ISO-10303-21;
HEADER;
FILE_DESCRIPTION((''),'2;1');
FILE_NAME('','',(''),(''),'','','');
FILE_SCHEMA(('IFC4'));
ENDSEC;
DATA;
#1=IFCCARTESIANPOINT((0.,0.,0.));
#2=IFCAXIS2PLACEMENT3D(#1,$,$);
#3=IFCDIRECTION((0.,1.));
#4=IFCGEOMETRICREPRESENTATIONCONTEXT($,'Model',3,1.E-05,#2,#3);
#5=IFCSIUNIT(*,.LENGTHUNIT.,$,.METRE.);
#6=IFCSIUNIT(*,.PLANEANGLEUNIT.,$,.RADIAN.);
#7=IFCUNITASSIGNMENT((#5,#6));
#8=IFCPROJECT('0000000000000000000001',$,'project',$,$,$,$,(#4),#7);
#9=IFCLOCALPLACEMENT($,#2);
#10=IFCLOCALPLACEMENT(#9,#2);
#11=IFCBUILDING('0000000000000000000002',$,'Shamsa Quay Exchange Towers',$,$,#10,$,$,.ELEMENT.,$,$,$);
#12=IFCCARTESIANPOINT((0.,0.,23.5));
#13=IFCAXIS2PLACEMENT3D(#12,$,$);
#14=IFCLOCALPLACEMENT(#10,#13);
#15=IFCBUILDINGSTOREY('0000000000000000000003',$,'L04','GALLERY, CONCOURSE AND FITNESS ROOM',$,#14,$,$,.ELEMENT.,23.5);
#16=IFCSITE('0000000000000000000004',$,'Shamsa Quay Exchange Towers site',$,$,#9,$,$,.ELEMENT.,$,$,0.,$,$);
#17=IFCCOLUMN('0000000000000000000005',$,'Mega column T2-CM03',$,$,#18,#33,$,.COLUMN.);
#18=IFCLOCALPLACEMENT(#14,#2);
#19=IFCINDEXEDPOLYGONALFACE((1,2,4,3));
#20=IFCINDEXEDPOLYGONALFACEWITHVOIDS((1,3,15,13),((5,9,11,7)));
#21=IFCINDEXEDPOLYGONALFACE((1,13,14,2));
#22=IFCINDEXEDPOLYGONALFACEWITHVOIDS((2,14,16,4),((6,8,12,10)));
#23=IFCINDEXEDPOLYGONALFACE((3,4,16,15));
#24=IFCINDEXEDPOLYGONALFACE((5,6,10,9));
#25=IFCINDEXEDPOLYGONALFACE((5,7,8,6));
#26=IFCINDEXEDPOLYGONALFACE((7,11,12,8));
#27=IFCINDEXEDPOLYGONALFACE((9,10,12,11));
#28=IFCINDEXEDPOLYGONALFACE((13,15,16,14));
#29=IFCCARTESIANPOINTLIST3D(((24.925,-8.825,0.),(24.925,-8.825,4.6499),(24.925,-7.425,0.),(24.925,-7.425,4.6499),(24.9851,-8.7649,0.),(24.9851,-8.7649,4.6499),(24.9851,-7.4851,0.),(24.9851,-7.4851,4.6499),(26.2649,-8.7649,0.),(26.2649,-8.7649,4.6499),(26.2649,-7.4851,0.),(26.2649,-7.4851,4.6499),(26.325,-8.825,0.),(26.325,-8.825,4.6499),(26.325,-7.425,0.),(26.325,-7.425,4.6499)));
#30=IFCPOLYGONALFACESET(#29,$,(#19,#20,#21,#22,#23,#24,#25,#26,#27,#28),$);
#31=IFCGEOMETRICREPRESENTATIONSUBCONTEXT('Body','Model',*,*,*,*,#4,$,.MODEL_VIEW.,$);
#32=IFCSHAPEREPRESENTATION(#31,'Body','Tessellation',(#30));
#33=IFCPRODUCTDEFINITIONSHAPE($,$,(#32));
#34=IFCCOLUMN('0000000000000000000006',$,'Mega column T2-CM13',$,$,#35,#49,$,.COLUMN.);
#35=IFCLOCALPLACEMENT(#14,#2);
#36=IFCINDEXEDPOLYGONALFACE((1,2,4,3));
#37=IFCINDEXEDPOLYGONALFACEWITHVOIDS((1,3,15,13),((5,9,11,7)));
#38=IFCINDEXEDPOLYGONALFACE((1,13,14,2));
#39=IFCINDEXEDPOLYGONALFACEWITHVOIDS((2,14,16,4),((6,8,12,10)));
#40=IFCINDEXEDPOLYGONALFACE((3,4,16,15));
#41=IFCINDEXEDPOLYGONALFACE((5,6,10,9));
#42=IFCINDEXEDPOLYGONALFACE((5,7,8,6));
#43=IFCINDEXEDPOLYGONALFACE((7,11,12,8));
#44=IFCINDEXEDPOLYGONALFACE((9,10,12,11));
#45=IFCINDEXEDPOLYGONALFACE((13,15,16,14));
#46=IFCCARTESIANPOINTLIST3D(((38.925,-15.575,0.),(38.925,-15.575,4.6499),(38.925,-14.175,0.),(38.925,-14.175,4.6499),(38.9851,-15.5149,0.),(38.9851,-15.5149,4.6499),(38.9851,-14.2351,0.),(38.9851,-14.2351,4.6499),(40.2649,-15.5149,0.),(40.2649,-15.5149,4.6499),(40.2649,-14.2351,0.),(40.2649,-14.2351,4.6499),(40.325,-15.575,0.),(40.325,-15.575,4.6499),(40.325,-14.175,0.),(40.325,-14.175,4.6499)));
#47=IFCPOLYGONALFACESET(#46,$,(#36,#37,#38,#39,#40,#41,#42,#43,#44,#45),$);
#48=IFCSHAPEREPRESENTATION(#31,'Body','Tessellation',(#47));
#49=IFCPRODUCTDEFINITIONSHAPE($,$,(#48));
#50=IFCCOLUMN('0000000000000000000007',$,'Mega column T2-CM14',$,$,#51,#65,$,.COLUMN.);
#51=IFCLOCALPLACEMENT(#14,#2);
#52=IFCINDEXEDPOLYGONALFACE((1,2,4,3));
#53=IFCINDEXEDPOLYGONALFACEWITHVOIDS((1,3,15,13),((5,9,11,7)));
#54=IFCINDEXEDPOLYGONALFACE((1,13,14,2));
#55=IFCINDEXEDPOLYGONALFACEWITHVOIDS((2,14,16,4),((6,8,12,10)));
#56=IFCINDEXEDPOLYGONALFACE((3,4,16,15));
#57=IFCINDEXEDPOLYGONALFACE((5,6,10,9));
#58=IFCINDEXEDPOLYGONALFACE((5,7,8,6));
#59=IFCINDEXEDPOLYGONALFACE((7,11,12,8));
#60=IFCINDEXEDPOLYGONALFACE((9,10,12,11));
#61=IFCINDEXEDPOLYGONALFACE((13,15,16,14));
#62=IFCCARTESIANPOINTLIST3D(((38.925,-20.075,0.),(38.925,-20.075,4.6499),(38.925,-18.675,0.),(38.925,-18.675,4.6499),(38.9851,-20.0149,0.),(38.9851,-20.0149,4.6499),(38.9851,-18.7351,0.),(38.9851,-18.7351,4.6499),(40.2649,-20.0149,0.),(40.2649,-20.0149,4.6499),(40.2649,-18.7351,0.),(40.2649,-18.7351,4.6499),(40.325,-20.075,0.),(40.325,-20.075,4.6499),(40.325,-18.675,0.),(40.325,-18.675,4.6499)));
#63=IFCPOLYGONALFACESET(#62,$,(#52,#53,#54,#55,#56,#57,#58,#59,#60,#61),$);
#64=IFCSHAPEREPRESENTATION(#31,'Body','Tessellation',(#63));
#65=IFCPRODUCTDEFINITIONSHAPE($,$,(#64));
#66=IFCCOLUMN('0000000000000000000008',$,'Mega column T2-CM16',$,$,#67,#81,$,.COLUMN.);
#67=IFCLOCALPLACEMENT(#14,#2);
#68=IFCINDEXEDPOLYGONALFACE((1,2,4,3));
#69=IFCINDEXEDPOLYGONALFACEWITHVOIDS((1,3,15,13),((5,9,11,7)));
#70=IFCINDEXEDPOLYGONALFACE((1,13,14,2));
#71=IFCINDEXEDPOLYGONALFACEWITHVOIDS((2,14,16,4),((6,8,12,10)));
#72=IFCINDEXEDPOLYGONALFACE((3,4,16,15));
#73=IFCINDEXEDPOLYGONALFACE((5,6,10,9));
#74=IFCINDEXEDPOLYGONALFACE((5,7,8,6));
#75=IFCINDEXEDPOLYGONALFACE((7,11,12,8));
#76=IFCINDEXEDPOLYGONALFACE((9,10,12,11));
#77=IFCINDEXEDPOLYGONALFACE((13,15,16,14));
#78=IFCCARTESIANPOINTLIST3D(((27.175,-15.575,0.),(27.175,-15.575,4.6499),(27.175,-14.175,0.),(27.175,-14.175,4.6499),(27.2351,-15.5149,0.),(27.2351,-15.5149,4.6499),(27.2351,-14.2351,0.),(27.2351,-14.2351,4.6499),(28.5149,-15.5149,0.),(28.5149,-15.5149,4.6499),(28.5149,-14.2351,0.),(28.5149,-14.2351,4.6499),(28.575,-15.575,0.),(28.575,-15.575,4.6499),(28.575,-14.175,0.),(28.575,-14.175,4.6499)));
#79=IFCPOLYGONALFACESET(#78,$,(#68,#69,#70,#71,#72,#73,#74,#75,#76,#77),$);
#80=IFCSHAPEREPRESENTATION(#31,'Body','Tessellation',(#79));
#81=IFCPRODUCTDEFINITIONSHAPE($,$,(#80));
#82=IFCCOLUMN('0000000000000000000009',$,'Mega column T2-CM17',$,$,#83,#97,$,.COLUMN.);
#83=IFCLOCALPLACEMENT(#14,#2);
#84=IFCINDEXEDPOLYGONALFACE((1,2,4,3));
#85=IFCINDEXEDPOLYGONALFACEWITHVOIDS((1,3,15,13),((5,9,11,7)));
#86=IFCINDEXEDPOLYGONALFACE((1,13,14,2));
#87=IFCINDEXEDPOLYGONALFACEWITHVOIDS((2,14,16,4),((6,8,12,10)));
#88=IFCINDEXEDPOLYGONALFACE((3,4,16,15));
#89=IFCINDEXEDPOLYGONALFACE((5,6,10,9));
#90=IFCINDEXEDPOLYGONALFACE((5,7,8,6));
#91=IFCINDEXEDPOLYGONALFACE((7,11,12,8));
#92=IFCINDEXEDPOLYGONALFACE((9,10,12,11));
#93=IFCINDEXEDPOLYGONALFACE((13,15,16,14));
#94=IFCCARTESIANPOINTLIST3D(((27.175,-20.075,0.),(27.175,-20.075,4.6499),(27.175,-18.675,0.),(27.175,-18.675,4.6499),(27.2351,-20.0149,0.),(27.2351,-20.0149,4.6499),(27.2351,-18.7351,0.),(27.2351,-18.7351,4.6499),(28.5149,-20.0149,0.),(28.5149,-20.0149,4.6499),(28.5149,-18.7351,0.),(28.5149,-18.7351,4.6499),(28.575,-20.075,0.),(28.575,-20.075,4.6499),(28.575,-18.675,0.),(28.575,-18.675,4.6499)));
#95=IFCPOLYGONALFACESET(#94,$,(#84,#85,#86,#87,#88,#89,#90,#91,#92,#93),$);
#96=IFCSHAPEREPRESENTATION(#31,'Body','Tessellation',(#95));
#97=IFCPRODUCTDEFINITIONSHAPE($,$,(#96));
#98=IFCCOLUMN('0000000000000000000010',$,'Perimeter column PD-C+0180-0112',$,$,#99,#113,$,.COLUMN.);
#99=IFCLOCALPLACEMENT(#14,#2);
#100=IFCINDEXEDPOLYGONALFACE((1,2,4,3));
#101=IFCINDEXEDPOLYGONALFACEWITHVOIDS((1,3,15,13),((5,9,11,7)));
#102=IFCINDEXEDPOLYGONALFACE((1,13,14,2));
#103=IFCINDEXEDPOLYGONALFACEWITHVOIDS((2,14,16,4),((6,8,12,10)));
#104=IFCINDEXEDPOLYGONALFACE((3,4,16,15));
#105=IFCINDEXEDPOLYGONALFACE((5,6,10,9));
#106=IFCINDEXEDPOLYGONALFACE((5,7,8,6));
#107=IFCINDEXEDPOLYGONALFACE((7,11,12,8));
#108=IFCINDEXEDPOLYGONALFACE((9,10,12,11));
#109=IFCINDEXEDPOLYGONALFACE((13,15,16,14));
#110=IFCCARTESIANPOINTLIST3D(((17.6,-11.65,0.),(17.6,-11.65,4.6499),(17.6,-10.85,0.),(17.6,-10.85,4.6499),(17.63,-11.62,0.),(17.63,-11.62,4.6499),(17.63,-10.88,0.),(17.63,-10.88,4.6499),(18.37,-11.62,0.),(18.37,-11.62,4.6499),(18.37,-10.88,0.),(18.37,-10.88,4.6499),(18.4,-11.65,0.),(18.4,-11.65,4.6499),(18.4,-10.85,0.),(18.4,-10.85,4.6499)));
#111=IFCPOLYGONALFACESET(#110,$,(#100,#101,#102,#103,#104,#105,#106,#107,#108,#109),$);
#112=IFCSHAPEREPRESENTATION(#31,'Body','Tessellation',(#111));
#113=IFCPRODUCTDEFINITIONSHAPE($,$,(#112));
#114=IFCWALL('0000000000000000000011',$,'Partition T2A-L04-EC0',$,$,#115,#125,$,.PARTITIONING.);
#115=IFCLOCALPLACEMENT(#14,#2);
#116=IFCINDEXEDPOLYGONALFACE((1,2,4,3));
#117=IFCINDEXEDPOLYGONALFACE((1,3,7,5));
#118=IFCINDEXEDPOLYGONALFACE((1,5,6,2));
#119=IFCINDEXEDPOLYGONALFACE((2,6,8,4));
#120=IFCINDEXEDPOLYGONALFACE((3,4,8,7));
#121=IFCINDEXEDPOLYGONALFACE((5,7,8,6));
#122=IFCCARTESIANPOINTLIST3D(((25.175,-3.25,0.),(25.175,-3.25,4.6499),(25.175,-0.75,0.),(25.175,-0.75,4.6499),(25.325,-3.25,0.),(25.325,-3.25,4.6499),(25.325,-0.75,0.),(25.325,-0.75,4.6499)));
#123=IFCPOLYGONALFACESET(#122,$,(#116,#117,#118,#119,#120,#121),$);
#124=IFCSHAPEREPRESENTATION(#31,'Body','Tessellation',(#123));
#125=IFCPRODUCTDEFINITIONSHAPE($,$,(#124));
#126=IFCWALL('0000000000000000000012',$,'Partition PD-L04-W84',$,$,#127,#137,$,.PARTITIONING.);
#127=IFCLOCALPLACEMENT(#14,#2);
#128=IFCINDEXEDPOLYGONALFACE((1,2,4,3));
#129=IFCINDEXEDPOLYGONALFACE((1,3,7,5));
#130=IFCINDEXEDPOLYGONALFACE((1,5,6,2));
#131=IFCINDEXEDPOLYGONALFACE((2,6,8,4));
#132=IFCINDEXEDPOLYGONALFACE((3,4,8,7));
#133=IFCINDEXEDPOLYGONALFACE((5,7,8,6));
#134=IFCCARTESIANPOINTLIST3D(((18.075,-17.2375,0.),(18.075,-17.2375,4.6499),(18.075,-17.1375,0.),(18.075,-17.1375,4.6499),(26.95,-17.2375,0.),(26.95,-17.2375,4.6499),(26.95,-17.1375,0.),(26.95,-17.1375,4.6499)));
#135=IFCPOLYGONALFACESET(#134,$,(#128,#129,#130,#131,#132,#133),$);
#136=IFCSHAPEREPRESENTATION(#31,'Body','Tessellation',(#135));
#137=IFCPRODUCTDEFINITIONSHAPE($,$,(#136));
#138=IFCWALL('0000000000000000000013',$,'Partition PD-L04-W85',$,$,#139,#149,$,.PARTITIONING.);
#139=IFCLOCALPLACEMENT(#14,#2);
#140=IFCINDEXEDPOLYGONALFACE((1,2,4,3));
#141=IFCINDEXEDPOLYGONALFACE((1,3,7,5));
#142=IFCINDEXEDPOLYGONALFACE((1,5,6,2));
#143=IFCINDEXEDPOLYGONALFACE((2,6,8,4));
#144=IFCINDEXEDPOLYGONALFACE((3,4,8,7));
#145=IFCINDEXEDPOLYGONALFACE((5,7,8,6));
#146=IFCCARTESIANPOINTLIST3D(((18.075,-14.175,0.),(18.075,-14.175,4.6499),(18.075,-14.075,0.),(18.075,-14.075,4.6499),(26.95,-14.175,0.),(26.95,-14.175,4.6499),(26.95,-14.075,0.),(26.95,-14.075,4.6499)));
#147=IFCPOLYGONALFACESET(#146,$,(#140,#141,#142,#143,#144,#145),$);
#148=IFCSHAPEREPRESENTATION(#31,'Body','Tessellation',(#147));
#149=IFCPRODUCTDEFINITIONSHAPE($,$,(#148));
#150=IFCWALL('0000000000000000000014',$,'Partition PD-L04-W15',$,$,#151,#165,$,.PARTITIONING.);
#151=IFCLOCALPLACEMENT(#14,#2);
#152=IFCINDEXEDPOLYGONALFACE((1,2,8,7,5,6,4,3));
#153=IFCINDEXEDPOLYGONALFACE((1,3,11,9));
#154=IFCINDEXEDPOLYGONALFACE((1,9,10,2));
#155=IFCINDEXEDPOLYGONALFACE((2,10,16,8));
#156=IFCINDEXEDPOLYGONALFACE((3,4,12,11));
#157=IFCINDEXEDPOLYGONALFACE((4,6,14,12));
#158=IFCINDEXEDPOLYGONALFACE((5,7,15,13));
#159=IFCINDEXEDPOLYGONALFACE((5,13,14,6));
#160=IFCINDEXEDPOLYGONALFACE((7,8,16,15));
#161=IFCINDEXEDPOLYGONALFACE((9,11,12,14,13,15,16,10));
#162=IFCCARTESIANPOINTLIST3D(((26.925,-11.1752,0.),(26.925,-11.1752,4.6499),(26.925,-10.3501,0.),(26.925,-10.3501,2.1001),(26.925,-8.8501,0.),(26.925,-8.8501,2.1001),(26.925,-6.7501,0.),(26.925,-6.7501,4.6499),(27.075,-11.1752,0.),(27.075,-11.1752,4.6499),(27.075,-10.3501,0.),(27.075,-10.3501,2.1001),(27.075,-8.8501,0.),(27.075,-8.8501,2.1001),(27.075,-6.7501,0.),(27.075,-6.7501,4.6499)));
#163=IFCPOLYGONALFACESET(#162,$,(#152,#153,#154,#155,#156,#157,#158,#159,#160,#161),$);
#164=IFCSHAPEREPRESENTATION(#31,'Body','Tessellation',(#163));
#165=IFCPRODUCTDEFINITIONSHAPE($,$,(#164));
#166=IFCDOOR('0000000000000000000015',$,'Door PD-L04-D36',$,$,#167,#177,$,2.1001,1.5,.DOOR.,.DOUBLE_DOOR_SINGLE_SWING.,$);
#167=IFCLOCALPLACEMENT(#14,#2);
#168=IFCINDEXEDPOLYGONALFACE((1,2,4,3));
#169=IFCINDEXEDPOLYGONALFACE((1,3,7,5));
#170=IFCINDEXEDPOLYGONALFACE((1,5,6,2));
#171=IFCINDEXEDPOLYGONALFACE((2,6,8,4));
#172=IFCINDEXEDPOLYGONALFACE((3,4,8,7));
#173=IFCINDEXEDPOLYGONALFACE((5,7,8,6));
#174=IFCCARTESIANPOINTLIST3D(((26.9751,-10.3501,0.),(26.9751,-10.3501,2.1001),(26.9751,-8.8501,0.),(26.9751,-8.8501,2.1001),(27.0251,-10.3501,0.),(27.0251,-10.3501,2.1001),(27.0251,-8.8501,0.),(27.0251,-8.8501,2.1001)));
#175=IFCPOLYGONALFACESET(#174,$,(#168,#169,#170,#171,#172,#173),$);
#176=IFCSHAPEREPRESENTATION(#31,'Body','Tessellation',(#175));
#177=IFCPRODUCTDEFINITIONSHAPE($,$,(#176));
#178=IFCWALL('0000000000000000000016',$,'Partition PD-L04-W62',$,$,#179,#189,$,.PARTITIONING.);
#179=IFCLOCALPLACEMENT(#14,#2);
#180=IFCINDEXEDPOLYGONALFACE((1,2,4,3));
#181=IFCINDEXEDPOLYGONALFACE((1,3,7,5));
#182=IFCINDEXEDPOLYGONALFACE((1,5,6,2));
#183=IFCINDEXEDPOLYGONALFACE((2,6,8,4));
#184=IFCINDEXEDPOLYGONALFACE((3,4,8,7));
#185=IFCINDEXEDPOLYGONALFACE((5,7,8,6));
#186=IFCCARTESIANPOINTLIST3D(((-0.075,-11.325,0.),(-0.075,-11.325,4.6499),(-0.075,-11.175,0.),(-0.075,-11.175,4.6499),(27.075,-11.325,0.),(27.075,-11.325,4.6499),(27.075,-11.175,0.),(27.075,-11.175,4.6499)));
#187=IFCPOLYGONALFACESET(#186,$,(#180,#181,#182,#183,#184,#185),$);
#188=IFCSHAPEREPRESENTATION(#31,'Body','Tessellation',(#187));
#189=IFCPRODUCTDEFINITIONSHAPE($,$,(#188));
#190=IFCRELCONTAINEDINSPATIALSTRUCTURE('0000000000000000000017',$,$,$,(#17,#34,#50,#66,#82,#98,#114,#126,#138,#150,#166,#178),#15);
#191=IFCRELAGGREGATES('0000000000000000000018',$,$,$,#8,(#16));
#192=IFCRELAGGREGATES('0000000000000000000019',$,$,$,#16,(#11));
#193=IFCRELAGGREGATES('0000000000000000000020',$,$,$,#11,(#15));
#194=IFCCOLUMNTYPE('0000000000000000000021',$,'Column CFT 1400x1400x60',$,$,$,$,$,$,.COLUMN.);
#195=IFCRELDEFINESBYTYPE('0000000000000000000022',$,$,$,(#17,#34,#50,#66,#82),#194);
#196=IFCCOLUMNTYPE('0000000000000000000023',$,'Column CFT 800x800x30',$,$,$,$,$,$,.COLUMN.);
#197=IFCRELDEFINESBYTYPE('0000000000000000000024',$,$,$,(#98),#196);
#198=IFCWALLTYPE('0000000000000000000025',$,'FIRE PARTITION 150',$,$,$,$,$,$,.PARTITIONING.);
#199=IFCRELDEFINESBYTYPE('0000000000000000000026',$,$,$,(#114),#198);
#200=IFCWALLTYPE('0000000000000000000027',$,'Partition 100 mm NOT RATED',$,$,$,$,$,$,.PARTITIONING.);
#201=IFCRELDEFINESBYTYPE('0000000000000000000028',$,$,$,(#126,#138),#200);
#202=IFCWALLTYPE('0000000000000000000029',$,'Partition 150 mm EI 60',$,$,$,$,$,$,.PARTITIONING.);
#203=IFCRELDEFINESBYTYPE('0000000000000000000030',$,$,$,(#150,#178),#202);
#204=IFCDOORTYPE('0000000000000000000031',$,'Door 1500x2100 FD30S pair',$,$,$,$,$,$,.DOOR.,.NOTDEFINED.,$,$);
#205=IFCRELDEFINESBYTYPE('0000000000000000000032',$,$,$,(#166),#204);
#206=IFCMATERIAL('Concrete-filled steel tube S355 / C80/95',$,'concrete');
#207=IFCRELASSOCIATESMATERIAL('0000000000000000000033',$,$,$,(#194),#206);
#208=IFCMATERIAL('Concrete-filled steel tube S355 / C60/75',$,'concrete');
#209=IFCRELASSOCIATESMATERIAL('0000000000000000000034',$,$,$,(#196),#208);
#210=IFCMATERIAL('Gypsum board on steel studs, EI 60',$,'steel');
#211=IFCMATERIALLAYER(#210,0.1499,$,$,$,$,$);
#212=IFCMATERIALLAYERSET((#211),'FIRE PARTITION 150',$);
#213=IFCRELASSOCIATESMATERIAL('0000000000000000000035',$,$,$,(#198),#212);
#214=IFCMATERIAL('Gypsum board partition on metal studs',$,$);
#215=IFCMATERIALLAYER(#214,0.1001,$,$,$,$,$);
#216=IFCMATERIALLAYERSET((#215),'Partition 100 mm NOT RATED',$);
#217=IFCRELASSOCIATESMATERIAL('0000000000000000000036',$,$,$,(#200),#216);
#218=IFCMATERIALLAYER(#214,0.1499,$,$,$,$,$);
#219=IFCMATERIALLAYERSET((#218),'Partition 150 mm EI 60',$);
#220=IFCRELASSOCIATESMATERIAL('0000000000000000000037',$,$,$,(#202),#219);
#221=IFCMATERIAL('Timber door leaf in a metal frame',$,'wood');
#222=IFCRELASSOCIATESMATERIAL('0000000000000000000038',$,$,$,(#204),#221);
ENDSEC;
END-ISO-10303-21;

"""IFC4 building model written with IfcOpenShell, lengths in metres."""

from ifc_helpers import new_model, si_unit, direction, frame, frame_2d, origin, origin_2d, place, context, subcontext, project, spatial, rectangle, hollow_rectangle, extrude, material, layer, layer_set, material_profile, profile_set, type_object, element, fill, save


model = new_model("IFC4")

# Units and contexts
model_context = context("Model", 3, precision=1e-05, world=origin(), true_north=direction((0.0, 1.0)))
body_context = subcontext(model_context, "Body", "Model", "MODEL_VIEW")
ifc_project = project(units=[si_unit("LENGTHUNIT", "METRE"), si_unit("PLANEANGLEUNIT", "RADIAN")], contexts=[model_context])

# Site, building, storey
site_placement = place(None, origin())
site = spatial("IfcSite", under=ifc_project, at=site_placement, Name="Shamsa Quay Exchange Towers site", CompositionType="ELEMENT", RefElevation=0.0)
building_placement = place(site_placement, origin())
building = spatial("IfcBuilding", under=site, at=building_placement, Name="Shamsa Quay Exchange Towers", CompositionType="ELEMENT")
storey_placement = place(building_placement, frame((0.0, 0.0, 23.5)))
storey = spatial("IfcBuildingStorey", under=building, at=storey_placement, Name="L04", Description="GALLERY, CONCOURSE AND FITNESS ROOM", CompositionType="ELEMENT", Elevation=23.5)

# Columns
ifc_material_1 = material(Name="Concrete-filled steel tube S355 / C80/95", Category="concrete")
ifc_material_profile_1 = material_profile(ifc_material_1, hollow_rectangle(XDim=1.3999, YDim=1.3999, WallThickness=0.0601, at=origin_2d()), Name="CFT 1400x1400x60")
ifc_profile_set_1 = profile_set([ifc_material_profile_1], Name="Concrete-filled steel tube S355 / C80/95")
column_type_1 = type_object("IfcColumnType", Name="Column CFT 1400x1400x60", PredefinedType="COLUMN", material=ifc_profile_set_1)
for number, where, name in (
    (1, (25.625, -8.125, 0.0), "Mega column T2-CM03"),
    (2, (39.625, -14.875, 0.0), "Mega column T2-CM13"),
    (3, (39.625, -19.375, 0.0), "Mega column T2-CM14"),
    (4, (27.875, -14.875, 0.0), "Mega column T2-CM16"),
    (5, (27.875, -19.375, 0.0), "Mega column T2-CM17"),
):
    element("IfcColumn", number, at=place(storey_placement, frame(where)), inside=storey, type_object=column_type_1, Name=name, PredefinedType="COLUMN", context=body_context, shape_type="SweptSolid", body=[
        extrude(hollow_rectangle(XDim=1.3999, YDim=1.3999, WallThickness=0.0601, at=origin_2d()), origin(), (0.0, 0.0, 1.0), 4.6499),
    ])
ifc_material_2 = material(Name="Concrete-filled steel tube S355 / C60/75", Category="concrete")
ifc_material_profile_2 = material_profile(ifc_material_2, hollow_rectangle(XDim=0.8, YDim=0.8, WallThickness=0.03, at=origin_2d()), Name="CFT 800x800x30")
ifc_profile_set_2 = profile_set([ifc_material_profile_2], Name="Concrete-filled steel tube S355 / C60/75")
column_type_2 = type_object("IfcColumnType", Name="Column CFT 800x800x30", PredefinedType="COLUMN", material=ifc_profile_set_2)
column_placement = place(storey_placement, frame((18.0, -11.25, 0.0)))
element("IfcColumn", 6, at=column_placement, inside=storey, type_object=column_type_2, Name="Perimeter column PD-C+0180-0112", PredefinedType="COLUMN", context=body_context, shape_type="SweptSolid", body=[
    extrude(hollow_rectangle(XDim=0.8, YDim=0.8, WallThickness=0.03, at=origin_2d()), origin(), (0.0, 0.0, 1.0), 4.6499),
])

# Walls
ifc_material_3 = material(Name="Gypsum board on steel studs, EI 60", Category="steel")
ifc_layer_1 = layer(ifc_material_3, 0.1499)
ifc_layer_set_1 = layer_set([ifc_layer_1], Name="FIRE PARTITION 150")
wall_type_1 = type_object("IfcWallType", Name="FIRE PARTITION 150", PredefinedType="PARTITIONING", material=ifc_layer_set_1)
wall_1_placement = place(storey_placement, frame((25.25, -3.25, 0.0), z_axis=(0.0, 0.0, 1.0), x_axis=(0.0, 1.0, 0.0)))
element("IfcWall", 7, at=wall_1_placement, inside=storey, type_object=wall_type_1, Name="Partition T2A-L04-EC0", PredefinedType="PARTITIONING", context=body_context, shape_type="SweptSolid", body=[
    extrude(rectangle(XDim=2.5, YDim=0.1499, at=frame_2d((1.25, 0.0))), origin(), (0.0, 0.0, 1.0), 4.6499),
])
ifc_material_4 = material(Name="Gypsum board partition on metal studs")
ifc_layer_2 = layer(ifc_material_4, 0.1001)
ifc_layer_set_2 = layer_set([ifc_layer_2], Name="Partition 100 mm NOT RATED")
wall_type_2 = type_object("IfcWallType", Name="Partition 100 mm NOT RATED", PredefinedType="PARTITIONING", material=ifc_layer_set_2)
for number, where, z_axis, x_axis, name in (
    (8, (26.95, -17.1875, 0.0), (0.0, 0.0, 1.0), (-1.0, 0.0, 0.0), "Partition PD-L04-W84"),
    (9, (26.95, -14.125, 0.0), (0.0, 0.0, 1.0), (-1.0, 0.0, 0.0), "Partition PD-L04-W85"),
):
    element("IfcWall", number, at=place(storey_placement, frame(where, z_axis=z_axis, x_axis=x_axis)), inside=storey, type_object=wall_type_2, Name=name, PredefinedType="PARTITIONING", context=body_context, shape_type="SweptSolid", body=[
        extrude(rectangle(XDim=8.875, YDim=0.1001, at=frame_2d((4.4375, 0.0))), origin(), (0.0, 0.0, 1.0), 4.6499),
    ])

# Wall, opening, door
ifc_layer_3 = layer(ifc_material_4, 0.1499)
ifc_layer_set_3 = layer_set([ifc_layer_3], Name="Partition 150 mm EI 60")
wall_type_3 = type_object("IfcWallType", Name="Partition 150 mm EI 60", PredefinedType="PARTITIONING", material=ifc_layer_set_3)
wall_2_placement = place(storey_placement, frame((27.0, -11.175, 0.0), z_axis=(0.0, 0.0, 1.0), x_axis=(0.0, 1.0, 0.0)))
wall_2 = element("IfcWall", 10, at=wall_2_placement, inside=storey, type_object=wall_type_3, Name="Partition PD-L04-W15", PredefinedType="PARTITIONING", context=body_context, shape_type="SweptSolid", body=[
    extrude(rectangle(XDim=4.425, YDim=0.1499, at=frame_2d((2.2124, 0.0))), origin(), (0.0, 0.0, 1.0), 4.6499),
])
opening_1_placement = place(wall_2_placement, frame((0.825, 0.0, 0.0)))
opening_1 = element("IfcOpeningElement", 11, at=opening_1_placement, cuts=wall_2, PredefinedType="OPENING", context=body_context, shape_type="SweptSolid", body=[
    extrude(rectangle(XDim=1.5, YDim=2.1001, at=frame_2d((0.75, 1.05))), frame((0.0, 0.085, 0.0), z_axis=(0.0, -1.0, 0.0), x_axis=(1.0, 0.0, 0.0)), (0.0, 0.0, 1.0), 0.1699),
])
ifc_material_5 = material(Name="Timber door leaf in a metal frame", Category="wood")
door_type_1 = type_object("IfcDoorType", Name="Door 1500x2100 FD30S pair", OperationType="NOTDEFINED", PredefinedType="DOOR", material=ifc_material_5)
door_1_placement = place(opening_1_placement, origin())
door_1 = element("IfcDoor", 12, at=door_1_placement, inside=storey, type_object=door_type_1, Name="Door PD-L04-D36", OperationType="DOUBLE_DOOR_SINGLE_SWING", OverallHeight=2.1001, OverallWidth=1.5, PredefinedType="DOOR", context=body_context, shape_type="SweptSolid", body=[
    extrude(rectangle(XDim=1.5, YDim=2.1001, at=frame_2d((0.75, 1.05))), frame((0.0, 0.0249, 0.0), z_axis=(0.0, -1.0, 0.0), x_axis=(1.0, 0.0, 0.0)), (0.0, 0.0, 1.0), 0.05),
])
fill(opening_1, door_1)

# Wall
wall_3_placement = place(storey_placement, frame((27.075, -11.25, 0.0), z_axis=(0.0, 0.0, 1.0), x_axis=(-1.0, 0.0, 0.0)))
element("IfcWall", 13, at=wall_3_placement, inside=storey, type_object=wall_type_3, Name="Partition PD-L04-W62", PredefinedType="PARTITIONING", context=body_context, shape_type="SweptSolid", body=[
    extrude(rectangle(XDim=27.1499, YDim=0.1499, at=frame_2d((13.575, 0.0))), origin(), (0.0, 0.0, 1.0), 4.6499),
])

save(model, "model.ifc")
